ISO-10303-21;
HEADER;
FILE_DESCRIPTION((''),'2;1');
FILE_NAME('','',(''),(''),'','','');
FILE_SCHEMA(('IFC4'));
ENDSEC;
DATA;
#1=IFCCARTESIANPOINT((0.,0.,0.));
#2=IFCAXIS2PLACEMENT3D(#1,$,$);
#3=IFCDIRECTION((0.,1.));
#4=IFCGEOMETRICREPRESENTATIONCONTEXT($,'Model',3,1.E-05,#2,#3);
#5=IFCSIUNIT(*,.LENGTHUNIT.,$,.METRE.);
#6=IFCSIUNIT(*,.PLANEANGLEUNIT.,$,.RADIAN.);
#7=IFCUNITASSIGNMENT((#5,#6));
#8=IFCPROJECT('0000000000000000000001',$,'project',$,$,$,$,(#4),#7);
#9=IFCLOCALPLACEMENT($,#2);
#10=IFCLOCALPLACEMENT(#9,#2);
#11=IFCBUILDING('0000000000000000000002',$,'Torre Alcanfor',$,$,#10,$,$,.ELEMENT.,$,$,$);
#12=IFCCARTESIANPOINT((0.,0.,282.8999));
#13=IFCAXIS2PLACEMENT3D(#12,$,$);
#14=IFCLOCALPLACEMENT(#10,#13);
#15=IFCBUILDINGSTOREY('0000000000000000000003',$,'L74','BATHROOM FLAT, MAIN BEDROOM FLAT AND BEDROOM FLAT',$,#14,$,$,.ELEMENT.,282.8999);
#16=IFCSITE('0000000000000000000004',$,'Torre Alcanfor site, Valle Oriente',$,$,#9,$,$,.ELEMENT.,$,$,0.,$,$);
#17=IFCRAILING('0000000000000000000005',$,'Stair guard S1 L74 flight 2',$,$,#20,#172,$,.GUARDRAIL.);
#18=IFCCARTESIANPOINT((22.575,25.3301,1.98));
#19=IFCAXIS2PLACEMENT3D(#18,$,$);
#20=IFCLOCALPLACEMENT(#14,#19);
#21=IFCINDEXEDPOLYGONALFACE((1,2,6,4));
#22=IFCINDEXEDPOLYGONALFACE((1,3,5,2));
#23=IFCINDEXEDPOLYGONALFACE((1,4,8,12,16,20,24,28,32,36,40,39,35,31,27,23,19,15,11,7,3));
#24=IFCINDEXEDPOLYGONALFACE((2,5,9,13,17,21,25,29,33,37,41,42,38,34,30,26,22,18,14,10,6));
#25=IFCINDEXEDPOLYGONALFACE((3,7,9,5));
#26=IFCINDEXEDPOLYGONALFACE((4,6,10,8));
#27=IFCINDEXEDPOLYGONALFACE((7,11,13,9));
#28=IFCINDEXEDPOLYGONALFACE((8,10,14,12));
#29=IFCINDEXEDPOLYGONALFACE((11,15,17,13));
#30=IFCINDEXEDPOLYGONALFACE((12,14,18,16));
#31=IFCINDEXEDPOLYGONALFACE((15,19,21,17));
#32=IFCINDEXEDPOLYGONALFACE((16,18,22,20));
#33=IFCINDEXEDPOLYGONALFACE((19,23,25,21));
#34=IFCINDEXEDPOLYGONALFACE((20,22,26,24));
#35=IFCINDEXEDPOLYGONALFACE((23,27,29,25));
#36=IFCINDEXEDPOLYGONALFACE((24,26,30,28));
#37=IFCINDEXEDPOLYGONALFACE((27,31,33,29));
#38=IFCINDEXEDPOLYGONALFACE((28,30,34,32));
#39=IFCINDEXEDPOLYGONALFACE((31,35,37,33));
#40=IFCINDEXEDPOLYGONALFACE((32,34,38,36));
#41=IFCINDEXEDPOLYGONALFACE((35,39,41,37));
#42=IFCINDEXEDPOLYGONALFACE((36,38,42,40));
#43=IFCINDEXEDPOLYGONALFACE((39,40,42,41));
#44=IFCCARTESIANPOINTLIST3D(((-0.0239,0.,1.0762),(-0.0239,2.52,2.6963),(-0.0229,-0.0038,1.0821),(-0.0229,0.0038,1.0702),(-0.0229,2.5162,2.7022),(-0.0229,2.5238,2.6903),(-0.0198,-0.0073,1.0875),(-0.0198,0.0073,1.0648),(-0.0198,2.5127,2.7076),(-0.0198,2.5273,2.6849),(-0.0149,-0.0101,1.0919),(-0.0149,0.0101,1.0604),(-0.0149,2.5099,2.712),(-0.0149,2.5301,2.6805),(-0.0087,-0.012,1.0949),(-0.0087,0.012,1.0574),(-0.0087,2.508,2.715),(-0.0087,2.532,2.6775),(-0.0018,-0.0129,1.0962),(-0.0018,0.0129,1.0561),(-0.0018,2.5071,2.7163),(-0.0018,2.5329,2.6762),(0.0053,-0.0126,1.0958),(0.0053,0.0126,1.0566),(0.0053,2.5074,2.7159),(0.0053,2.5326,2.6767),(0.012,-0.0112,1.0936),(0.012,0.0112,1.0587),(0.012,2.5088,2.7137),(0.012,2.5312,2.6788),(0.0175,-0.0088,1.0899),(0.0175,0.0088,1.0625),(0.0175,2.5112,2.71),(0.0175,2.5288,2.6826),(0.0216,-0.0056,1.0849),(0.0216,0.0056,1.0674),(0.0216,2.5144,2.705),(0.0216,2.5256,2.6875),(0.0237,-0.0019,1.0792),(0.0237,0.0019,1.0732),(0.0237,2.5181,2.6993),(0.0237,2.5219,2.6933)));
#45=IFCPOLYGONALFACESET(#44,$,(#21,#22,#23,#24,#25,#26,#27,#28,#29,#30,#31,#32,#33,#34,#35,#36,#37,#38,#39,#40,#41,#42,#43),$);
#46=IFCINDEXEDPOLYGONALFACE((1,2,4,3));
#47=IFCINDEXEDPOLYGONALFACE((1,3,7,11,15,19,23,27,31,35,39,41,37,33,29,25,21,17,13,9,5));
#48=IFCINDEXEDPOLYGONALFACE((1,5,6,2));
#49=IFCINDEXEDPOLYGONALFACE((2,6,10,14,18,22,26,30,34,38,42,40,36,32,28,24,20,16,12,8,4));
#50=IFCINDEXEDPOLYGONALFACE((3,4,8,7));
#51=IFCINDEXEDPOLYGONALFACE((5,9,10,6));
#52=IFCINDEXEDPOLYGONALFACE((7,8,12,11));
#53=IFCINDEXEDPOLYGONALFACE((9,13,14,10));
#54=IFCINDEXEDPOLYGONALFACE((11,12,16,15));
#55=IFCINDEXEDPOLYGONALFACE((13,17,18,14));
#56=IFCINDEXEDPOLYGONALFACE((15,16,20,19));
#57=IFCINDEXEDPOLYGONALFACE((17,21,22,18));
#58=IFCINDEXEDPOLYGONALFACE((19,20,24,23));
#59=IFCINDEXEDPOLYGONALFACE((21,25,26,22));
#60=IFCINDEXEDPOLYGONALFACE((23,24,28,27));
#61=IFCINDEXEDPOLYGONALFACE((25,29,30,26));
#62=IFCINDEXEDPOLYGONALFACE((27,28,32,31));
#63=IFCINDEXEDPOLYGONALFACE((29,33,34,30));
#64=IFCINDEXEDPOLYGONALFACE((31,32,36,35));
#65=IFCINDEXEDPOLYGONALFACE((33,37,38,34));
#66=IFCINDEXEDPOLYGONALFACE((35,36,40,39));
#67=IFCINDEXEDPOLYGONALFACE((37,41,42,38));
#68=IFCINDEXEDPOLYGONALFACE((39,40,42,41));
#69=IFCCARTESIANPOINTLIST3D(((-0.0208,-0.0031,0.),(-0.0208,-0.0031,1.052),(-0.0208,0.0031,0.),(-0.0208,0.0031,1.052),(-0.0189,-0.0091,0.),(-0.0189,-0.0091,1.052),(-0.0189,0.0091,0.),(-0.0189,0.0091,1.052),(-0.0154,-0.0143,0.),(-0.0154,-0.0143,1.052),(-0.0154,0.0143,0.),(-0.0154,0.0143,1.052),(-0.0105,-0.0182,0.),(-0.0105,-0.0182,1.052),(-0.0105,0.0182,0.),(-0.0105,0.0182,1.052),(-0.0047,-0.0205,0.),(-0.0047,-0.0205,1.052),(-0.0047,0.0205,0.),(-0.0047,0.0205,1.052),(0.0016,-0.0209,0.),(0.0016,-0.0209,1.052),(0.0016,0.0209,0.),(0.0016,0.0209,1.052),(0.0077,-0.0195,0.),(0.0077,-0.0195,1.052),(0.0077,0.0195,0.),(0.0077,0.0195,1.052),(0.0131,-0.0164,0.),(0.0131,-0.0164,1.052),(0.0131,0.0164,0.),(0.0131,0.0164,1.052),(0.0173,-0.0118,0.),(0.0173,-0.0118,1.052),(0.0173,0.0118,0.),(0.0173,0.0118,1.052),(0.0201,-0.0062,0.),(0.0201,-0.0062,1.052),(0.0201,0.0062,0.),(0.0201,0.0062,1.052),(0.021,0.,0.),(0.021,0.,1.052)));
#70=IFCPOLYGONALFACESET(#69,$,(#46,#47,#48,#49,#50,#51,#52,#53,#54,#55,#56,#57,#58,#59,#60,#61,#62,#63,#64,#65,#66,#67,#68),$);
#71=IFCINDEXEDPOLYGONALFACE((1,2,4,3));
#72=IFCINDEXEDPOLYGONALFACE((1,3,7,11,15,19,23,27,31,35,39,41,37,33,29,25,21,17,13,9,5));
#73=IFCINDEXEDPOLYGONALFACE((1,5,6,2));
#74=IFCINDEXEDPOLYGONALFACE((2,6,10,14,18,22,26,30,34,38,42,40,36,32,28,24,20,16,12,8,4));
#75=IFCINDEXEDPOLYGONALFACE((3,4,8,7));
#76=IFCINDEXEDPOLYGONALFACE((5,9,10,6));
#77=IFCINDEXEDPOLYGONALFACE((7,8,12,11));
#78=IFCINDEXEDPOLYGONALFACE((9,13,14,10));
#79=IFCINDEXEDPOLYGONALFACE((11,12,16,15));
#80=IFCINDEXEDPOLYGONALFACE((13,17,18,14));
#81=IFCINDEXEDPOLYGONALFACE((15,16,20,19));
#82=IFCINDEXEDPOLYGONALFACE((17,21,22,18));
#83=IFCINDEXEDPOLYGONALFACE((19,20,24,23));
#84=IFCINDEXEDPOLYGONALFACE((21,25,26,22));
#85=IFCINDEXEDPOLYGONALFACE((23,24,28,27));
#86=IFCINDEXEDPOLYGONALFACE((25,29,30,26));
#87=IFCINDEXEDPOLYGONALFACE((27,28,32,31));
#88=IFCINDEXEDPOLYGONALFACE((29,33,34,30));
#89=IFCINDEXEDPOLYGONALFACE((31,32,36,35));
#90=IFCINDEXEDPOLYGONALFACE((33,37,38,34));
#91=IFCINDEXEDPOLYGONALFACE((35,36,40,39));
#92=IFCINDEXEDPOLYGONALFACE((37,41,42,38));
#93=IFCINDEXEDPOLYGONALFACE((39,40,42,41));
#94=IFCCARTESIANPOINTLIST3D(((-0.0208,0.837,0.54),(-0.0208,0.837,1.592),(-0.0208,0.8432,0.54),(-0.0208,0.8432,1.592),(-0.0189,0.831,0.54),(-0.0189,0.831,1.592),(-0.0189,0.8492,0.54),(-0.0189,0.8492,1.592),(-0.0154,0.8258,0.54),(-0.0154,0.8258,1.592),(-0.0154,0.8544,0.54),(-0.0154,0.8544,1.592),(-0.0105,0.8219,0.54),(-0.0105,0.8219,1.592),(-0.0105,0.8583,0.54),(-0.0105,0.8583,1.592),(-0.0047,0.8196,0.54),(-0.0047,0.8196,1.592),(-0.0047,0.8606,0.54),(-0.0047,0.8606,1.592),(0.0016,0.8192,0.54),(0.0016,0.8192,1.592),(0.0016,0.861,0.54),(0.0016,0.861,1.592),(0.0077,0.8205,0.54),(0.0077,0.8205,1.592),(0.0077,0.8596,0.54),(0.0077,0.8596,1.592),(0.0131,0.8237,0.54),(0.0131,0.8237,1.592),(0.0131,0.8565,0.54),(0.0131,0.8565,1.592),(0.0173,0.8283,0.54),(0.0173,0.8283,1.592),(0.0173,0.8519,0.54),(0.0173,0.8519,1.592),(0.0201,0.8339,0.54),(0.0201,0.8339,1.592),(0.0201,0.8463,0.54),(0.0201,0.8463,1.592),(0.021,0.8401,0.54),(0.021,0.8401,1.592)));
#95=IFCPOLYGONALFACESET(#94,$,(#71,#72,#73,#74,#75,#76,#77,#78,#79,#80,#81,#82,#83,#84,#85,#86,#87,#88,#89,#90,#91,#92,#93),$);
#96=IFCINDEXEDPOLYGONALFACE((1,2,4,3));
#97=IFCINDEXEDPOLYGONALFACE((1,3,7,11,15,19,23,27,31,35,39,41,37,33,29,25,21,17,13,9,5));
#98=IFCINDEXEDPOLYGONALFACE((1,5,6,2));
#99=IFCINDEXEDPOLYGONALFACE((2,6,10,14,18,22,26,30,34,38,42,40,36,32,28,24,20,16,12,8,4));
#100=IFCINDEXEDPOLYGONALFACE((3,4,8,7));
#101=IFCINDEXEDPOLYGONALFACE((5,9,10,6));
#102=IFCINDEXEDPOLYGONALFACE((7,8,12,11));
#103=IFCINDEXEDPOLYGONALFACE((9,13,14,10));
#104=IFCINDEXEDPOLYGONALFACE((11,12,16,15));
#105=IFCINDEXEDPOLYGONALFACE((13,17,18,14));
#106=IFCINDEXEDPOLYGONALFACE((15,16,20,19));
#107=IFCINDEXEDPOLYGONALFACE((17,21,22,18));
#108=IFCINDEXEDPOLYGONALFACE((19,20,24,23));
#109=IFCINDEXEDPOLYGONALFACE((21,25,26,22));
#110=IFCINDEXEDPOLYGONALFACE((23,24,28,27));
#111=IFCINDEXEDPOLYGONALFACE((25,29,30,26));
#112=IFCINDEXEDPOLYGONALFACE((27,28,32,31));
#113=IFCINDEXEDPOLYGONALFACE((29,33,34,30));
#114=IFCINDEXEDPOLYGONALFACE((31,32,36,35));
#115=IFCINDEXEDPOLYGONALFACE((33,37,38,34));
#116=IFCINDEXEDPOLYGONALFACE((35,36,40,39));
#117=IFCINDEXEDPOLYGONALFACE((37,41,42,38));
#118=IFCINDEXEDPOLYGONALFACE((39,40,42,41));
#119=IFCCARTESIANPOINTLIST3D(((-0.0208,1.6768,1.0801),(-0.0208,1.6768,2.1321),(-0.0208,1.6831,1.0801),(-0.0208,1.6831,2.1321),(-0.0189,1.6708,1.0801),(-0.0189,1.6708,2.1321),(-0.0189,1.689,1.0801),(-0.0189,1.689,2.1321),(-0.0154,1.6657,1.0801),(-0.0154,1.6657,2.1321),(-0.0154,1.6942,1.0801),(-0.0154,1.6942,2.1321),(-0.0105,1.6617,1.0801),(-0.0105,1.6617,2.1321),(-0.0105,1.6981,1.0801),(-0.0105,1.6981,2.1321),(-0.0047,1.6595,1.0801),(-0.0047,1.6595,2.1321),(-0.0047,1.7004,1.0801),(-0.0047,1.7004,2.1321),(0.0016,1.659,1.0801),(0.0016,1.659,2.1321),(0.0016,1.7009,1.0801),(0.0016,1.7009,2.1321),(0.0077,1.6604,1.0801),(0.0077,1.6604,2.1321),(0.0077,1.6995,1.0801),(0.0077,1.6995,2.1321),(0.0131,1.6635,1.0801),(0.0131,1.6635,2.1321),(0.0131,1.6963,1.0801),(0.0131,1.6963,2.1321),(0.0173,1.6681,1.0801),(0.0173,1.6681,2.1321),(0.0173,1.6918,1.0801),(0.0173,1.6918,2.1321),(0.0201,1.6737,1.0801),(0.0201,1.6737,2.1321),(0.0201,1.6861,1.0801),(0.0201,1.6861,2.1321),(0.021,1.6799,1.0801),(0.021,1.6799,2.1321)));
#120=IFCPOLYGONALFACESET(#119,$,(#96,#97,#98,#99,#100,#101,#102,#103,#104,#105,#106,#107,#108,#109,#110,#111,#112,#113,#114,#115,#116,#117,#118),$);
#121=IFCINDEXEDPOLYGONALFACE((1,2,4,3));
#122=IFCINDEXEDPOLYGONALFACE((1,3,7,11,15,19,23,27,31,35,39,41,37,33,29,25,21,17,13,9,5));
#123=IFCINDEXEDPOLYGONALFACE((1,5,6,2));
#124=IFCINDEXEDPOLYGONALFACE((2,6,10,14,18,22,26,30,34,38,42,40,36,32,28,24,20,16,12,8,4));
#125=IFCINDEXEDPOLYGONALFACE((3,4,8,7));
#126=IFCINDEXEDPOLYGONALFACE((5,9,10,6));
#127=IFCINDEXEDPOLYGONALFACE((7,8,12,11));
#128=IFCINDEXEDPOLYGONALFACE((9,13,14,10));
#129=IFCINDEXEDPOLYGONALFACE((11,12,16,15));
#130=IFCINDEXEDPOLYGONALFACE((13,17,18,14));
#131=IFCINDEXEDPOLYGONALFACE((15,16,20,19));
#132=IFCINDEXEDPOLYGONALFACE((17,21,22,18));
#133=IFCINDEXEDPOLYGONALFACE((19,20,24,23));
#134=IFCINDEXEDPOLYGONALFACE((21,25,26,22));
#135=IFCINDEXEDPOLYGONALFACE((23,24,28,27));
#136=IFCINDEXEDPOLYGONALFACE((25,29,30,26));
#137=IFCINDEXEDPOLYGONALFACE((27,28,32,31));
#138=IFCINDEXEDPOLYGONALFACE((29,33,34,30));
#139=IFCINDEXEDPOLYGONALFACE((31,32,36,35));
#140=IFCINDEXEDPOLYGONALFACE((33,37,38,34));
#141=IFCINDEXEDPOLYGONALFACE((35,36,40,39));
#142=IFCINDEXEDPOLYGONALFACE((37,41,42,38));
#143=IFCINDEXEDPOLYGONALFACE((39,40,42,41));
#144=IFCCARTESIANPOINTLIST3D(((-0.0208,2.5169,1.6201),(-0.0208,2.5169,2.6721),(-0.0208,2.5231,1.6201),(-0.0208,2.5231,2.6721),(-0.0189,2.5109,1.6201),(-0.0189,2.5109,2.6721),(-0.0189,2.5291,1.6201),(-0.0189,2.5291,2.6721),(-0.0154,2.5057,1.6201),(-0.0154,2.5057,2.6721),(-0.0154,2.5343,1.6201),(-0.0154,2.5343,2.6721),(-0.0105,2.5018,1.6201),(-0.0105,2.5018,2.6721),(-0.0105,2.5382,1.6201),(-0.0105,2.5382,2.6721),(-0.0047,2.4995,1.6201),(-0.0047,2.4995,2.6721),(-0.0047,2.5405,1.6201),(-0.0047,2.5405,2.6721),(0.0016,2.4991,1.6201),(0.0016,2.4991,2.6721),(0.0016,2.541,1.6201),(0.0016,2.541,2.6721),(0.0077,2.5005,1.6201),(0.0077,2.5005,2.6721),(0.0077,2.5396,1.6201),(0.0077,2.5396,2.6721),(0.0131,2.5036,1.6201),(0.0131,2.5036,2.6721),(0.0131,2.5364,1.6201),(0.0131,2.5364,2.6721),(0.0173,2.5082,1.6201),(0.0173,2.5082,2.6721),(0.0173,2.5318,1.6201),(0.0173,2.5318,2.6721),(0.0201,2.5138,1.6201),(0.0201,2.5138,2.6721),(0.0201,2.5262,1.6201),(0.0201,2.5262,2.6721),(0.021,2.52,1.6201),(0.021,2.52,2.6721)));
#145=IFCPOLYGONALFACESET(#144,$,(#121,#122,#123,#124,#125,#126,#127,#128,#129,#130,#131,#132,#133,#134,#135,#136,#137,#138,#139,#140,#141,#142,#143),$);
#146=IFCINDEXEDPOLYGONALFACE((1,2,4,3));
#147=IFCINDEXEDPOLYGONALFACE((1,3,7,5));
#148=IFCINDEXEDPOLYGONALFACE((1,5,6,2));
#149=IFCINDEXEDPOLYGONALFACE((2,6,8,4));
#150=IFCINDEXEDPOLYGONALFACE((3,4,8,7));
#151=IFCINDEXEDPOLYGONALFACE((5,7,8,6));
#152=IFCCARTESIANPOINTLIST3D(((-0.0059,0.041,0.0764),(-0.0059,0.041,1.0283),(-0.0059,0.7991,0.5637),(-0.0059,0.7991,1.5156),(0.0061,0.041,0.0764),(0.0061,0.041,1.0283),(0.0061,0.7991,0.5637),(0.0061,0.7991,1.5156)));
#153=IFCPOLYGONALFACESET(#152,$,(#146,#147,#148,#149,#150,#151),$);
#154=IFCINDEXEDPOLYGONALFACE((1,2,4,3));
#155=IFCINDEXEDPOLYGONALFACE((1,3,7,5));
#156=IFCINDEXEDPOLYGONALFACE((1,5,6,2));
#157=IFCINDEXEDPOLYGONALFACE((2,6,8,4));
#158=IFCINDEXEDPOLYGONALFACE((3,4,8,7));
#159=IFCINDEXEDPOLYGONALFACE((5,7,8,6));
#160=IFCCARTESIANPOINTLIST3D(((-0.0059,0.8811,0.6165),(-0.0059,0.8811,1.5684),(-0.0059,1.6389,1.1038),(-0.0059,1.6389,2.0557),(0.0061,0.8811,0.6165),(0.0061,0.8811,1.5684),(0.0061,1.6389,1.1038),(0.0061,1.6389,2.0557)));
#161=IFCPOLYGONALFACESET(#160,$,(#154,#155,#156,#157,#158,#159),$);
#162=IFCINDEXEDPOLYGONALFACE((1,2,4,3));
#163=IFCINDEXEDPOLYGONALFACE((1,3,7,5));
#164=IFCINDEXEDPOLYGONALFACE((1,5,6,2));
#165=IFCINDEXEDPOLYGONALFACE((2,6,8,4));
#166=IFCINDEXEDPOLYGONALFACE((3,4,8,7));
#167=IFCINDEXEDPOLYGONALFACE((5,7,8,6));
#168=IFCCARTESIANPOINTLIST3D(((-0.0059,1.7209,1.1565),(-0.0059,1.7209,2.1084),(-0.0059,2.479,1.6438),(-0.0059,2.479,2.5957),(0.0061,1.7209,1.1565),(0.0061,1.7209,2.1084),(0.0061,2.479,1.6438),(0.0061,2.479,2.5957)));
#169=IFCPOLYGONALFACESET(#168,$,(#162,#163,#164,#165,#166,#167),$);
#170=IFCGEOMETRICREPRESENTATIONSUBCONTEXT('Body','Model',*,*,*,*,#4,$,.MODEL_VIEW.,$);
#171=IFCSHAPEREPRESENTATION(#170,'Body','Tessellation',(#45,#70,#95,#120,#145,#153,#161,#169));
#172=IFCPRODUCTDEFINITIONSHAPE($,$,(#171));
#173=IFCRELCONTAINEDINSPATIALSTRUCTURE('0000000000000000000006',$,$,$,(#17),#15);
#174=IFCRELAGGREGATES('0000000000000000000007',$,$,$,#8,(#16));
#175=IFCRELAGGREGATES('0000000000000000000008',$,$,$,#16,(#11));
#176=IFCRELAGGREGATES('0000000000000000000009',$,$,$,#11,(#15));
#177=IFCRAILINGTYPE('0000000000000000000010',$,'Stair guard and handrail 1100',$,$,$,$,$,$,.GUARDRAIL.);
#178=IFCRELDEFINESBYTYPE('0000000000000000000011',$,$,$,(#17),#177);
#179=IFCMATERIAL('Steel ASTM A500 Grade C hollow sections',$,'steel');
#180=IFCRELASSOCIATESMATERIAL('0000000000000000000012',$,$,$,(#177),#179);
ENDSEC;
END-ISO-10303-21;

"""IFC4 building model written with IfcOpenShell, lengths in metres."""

from ifc_helpers import new_model, si_unit, direction, frame, origin, origin_2d, place, context, subcontext, project, spatial, polyline, circle, outline, extrude, material, type_object, element, save


model = new_model("IFC4")

# Units and contexts
model_context = context("Model", 3, precision=1e-05, world=origin(), true_north=direction((0.0, 1.0)))
body_context = subcontext(model_context, "Body", "Model", "MODEL_VIEW")
ifc_project = project(units=[si_unit("LENGTHUNIT", "METRE"), si_unit("PLANEANGLEUNIT", "RADIAN")], contexts=[model_context])

# Site, building, storey
site_placement = place(None, origin())
site = spatial("IfcSite", under=ifc_project, at=site_placement, Name="Torre Alcanfor site, Valle Oriente", CompositionType="ELEMENT", RefElevation=0.0)
building_placement = place(site_placement, origin())
building = spatial("IfcBuilding", under=site, at=building_placement, Name="Torre Alcanfor", CompositionType="ELEMENT")
storey_placement = place(building_placement, frame((0.0, 0.0, 282.8999)))
storey = spatial("IfcBuildingStorey", under=building, at=storey_placement, Name="L74", Description="BATHROOM FLAT, MAIN BEDROOM FLAT AND BEDROOM FLAT", CompositionType="ELEMENT", Elevation=282.8999)

# Railing
ifc_material_1 = material(Name="Steel ASTM A500 Grade C hollow sections", Category="steel")
railing_type_1 = type_object("IfcRailingType", Name="Stair guard and handrail 1100", PredefinedType="GUARDRAIL", material=ifc_material_1)
railing_1_placement = place(storey_placement, frame((22.575, 25.3301, 1.98)))
element("IfcRailing", 1, at=railing_1_placement, inside=storey, type_object=railing_type_1, Name="Stair guard S1 L74 flight 2", PredefinedType="GUARDRAIL", context=body_context, shape_type="SweptSolid", body=[
    extrude(circle(Radius=0.0239, at=origin_2d()), frame((0.0, 0.0, 1.0762), z_axis=(0.0, 0.841163, 0.540782), x_axis=(-1.0, 0.0, 0.0)), (0.0, 0.0, 1.0), 2.9958),
    extrude(circle(Radius=0.021, at=origin_2d()), origin(), (0.0, 0.0, 1.0), 1.052),
    extrude(circle(Radius=0.021, at=origin_2d()), frame((0.0, 0.8401, 0.54)), (0.0, 0.0, 1.0), 1.052),
    extrude(circle(Radius=0.021, at=origin_2d()), frame((0.0, 1.6799, 1.0801)), (0.0, 0.0, 1.0), 1.052),
    extrude(circle(Radius=0.021, at=origin_2d()), frame((0.0, 2.52, 1.6201)), (0.0, 0.0, 1.0), 1.052),
    extrude(outline(polyline([(0.041, 0.0764), (0.7991, 0.5637), (0.7991, 1.5156), (0.041, 1.0283), (0.041, 0.0764)])), frame((-0.0059, 0.0, 0.0), z_axis=(1.0, 0.0, 0.0), x_axis=(0.0, 1.0, 0.0)), (0.0, 0.0, 1.0), 0.012),
    extrude(outline(polyline([(0.8811, 0.6165), (1.6389, 1.1038), (1.6389, 2.0557), (0.8811, 1.5684), (0.8811, 0.6165)])), frame((-0.0059, 0.0, 0.0), z_axis=(1.0, 0.0, 0.0), x_axis=(0.0, 1.0, 0.0)), (0.0, 0.0, 1.0), 0.012),
    extrude(outline(polyline([(1.7209, 1.1565), (2.479, 1.6438), (2.479, 2.5957), (1.7209, 2.1084), (1.7209, 1.1565)])), frame((-0.0059, 0.0, 0.0), z_axis=(1.0, 0.0, 0.0), x_axis=(0.0, 1.0, 0.0)), (0.0, 0.0, 1.0), 0.012),
])

save(model, "model.ifc")
